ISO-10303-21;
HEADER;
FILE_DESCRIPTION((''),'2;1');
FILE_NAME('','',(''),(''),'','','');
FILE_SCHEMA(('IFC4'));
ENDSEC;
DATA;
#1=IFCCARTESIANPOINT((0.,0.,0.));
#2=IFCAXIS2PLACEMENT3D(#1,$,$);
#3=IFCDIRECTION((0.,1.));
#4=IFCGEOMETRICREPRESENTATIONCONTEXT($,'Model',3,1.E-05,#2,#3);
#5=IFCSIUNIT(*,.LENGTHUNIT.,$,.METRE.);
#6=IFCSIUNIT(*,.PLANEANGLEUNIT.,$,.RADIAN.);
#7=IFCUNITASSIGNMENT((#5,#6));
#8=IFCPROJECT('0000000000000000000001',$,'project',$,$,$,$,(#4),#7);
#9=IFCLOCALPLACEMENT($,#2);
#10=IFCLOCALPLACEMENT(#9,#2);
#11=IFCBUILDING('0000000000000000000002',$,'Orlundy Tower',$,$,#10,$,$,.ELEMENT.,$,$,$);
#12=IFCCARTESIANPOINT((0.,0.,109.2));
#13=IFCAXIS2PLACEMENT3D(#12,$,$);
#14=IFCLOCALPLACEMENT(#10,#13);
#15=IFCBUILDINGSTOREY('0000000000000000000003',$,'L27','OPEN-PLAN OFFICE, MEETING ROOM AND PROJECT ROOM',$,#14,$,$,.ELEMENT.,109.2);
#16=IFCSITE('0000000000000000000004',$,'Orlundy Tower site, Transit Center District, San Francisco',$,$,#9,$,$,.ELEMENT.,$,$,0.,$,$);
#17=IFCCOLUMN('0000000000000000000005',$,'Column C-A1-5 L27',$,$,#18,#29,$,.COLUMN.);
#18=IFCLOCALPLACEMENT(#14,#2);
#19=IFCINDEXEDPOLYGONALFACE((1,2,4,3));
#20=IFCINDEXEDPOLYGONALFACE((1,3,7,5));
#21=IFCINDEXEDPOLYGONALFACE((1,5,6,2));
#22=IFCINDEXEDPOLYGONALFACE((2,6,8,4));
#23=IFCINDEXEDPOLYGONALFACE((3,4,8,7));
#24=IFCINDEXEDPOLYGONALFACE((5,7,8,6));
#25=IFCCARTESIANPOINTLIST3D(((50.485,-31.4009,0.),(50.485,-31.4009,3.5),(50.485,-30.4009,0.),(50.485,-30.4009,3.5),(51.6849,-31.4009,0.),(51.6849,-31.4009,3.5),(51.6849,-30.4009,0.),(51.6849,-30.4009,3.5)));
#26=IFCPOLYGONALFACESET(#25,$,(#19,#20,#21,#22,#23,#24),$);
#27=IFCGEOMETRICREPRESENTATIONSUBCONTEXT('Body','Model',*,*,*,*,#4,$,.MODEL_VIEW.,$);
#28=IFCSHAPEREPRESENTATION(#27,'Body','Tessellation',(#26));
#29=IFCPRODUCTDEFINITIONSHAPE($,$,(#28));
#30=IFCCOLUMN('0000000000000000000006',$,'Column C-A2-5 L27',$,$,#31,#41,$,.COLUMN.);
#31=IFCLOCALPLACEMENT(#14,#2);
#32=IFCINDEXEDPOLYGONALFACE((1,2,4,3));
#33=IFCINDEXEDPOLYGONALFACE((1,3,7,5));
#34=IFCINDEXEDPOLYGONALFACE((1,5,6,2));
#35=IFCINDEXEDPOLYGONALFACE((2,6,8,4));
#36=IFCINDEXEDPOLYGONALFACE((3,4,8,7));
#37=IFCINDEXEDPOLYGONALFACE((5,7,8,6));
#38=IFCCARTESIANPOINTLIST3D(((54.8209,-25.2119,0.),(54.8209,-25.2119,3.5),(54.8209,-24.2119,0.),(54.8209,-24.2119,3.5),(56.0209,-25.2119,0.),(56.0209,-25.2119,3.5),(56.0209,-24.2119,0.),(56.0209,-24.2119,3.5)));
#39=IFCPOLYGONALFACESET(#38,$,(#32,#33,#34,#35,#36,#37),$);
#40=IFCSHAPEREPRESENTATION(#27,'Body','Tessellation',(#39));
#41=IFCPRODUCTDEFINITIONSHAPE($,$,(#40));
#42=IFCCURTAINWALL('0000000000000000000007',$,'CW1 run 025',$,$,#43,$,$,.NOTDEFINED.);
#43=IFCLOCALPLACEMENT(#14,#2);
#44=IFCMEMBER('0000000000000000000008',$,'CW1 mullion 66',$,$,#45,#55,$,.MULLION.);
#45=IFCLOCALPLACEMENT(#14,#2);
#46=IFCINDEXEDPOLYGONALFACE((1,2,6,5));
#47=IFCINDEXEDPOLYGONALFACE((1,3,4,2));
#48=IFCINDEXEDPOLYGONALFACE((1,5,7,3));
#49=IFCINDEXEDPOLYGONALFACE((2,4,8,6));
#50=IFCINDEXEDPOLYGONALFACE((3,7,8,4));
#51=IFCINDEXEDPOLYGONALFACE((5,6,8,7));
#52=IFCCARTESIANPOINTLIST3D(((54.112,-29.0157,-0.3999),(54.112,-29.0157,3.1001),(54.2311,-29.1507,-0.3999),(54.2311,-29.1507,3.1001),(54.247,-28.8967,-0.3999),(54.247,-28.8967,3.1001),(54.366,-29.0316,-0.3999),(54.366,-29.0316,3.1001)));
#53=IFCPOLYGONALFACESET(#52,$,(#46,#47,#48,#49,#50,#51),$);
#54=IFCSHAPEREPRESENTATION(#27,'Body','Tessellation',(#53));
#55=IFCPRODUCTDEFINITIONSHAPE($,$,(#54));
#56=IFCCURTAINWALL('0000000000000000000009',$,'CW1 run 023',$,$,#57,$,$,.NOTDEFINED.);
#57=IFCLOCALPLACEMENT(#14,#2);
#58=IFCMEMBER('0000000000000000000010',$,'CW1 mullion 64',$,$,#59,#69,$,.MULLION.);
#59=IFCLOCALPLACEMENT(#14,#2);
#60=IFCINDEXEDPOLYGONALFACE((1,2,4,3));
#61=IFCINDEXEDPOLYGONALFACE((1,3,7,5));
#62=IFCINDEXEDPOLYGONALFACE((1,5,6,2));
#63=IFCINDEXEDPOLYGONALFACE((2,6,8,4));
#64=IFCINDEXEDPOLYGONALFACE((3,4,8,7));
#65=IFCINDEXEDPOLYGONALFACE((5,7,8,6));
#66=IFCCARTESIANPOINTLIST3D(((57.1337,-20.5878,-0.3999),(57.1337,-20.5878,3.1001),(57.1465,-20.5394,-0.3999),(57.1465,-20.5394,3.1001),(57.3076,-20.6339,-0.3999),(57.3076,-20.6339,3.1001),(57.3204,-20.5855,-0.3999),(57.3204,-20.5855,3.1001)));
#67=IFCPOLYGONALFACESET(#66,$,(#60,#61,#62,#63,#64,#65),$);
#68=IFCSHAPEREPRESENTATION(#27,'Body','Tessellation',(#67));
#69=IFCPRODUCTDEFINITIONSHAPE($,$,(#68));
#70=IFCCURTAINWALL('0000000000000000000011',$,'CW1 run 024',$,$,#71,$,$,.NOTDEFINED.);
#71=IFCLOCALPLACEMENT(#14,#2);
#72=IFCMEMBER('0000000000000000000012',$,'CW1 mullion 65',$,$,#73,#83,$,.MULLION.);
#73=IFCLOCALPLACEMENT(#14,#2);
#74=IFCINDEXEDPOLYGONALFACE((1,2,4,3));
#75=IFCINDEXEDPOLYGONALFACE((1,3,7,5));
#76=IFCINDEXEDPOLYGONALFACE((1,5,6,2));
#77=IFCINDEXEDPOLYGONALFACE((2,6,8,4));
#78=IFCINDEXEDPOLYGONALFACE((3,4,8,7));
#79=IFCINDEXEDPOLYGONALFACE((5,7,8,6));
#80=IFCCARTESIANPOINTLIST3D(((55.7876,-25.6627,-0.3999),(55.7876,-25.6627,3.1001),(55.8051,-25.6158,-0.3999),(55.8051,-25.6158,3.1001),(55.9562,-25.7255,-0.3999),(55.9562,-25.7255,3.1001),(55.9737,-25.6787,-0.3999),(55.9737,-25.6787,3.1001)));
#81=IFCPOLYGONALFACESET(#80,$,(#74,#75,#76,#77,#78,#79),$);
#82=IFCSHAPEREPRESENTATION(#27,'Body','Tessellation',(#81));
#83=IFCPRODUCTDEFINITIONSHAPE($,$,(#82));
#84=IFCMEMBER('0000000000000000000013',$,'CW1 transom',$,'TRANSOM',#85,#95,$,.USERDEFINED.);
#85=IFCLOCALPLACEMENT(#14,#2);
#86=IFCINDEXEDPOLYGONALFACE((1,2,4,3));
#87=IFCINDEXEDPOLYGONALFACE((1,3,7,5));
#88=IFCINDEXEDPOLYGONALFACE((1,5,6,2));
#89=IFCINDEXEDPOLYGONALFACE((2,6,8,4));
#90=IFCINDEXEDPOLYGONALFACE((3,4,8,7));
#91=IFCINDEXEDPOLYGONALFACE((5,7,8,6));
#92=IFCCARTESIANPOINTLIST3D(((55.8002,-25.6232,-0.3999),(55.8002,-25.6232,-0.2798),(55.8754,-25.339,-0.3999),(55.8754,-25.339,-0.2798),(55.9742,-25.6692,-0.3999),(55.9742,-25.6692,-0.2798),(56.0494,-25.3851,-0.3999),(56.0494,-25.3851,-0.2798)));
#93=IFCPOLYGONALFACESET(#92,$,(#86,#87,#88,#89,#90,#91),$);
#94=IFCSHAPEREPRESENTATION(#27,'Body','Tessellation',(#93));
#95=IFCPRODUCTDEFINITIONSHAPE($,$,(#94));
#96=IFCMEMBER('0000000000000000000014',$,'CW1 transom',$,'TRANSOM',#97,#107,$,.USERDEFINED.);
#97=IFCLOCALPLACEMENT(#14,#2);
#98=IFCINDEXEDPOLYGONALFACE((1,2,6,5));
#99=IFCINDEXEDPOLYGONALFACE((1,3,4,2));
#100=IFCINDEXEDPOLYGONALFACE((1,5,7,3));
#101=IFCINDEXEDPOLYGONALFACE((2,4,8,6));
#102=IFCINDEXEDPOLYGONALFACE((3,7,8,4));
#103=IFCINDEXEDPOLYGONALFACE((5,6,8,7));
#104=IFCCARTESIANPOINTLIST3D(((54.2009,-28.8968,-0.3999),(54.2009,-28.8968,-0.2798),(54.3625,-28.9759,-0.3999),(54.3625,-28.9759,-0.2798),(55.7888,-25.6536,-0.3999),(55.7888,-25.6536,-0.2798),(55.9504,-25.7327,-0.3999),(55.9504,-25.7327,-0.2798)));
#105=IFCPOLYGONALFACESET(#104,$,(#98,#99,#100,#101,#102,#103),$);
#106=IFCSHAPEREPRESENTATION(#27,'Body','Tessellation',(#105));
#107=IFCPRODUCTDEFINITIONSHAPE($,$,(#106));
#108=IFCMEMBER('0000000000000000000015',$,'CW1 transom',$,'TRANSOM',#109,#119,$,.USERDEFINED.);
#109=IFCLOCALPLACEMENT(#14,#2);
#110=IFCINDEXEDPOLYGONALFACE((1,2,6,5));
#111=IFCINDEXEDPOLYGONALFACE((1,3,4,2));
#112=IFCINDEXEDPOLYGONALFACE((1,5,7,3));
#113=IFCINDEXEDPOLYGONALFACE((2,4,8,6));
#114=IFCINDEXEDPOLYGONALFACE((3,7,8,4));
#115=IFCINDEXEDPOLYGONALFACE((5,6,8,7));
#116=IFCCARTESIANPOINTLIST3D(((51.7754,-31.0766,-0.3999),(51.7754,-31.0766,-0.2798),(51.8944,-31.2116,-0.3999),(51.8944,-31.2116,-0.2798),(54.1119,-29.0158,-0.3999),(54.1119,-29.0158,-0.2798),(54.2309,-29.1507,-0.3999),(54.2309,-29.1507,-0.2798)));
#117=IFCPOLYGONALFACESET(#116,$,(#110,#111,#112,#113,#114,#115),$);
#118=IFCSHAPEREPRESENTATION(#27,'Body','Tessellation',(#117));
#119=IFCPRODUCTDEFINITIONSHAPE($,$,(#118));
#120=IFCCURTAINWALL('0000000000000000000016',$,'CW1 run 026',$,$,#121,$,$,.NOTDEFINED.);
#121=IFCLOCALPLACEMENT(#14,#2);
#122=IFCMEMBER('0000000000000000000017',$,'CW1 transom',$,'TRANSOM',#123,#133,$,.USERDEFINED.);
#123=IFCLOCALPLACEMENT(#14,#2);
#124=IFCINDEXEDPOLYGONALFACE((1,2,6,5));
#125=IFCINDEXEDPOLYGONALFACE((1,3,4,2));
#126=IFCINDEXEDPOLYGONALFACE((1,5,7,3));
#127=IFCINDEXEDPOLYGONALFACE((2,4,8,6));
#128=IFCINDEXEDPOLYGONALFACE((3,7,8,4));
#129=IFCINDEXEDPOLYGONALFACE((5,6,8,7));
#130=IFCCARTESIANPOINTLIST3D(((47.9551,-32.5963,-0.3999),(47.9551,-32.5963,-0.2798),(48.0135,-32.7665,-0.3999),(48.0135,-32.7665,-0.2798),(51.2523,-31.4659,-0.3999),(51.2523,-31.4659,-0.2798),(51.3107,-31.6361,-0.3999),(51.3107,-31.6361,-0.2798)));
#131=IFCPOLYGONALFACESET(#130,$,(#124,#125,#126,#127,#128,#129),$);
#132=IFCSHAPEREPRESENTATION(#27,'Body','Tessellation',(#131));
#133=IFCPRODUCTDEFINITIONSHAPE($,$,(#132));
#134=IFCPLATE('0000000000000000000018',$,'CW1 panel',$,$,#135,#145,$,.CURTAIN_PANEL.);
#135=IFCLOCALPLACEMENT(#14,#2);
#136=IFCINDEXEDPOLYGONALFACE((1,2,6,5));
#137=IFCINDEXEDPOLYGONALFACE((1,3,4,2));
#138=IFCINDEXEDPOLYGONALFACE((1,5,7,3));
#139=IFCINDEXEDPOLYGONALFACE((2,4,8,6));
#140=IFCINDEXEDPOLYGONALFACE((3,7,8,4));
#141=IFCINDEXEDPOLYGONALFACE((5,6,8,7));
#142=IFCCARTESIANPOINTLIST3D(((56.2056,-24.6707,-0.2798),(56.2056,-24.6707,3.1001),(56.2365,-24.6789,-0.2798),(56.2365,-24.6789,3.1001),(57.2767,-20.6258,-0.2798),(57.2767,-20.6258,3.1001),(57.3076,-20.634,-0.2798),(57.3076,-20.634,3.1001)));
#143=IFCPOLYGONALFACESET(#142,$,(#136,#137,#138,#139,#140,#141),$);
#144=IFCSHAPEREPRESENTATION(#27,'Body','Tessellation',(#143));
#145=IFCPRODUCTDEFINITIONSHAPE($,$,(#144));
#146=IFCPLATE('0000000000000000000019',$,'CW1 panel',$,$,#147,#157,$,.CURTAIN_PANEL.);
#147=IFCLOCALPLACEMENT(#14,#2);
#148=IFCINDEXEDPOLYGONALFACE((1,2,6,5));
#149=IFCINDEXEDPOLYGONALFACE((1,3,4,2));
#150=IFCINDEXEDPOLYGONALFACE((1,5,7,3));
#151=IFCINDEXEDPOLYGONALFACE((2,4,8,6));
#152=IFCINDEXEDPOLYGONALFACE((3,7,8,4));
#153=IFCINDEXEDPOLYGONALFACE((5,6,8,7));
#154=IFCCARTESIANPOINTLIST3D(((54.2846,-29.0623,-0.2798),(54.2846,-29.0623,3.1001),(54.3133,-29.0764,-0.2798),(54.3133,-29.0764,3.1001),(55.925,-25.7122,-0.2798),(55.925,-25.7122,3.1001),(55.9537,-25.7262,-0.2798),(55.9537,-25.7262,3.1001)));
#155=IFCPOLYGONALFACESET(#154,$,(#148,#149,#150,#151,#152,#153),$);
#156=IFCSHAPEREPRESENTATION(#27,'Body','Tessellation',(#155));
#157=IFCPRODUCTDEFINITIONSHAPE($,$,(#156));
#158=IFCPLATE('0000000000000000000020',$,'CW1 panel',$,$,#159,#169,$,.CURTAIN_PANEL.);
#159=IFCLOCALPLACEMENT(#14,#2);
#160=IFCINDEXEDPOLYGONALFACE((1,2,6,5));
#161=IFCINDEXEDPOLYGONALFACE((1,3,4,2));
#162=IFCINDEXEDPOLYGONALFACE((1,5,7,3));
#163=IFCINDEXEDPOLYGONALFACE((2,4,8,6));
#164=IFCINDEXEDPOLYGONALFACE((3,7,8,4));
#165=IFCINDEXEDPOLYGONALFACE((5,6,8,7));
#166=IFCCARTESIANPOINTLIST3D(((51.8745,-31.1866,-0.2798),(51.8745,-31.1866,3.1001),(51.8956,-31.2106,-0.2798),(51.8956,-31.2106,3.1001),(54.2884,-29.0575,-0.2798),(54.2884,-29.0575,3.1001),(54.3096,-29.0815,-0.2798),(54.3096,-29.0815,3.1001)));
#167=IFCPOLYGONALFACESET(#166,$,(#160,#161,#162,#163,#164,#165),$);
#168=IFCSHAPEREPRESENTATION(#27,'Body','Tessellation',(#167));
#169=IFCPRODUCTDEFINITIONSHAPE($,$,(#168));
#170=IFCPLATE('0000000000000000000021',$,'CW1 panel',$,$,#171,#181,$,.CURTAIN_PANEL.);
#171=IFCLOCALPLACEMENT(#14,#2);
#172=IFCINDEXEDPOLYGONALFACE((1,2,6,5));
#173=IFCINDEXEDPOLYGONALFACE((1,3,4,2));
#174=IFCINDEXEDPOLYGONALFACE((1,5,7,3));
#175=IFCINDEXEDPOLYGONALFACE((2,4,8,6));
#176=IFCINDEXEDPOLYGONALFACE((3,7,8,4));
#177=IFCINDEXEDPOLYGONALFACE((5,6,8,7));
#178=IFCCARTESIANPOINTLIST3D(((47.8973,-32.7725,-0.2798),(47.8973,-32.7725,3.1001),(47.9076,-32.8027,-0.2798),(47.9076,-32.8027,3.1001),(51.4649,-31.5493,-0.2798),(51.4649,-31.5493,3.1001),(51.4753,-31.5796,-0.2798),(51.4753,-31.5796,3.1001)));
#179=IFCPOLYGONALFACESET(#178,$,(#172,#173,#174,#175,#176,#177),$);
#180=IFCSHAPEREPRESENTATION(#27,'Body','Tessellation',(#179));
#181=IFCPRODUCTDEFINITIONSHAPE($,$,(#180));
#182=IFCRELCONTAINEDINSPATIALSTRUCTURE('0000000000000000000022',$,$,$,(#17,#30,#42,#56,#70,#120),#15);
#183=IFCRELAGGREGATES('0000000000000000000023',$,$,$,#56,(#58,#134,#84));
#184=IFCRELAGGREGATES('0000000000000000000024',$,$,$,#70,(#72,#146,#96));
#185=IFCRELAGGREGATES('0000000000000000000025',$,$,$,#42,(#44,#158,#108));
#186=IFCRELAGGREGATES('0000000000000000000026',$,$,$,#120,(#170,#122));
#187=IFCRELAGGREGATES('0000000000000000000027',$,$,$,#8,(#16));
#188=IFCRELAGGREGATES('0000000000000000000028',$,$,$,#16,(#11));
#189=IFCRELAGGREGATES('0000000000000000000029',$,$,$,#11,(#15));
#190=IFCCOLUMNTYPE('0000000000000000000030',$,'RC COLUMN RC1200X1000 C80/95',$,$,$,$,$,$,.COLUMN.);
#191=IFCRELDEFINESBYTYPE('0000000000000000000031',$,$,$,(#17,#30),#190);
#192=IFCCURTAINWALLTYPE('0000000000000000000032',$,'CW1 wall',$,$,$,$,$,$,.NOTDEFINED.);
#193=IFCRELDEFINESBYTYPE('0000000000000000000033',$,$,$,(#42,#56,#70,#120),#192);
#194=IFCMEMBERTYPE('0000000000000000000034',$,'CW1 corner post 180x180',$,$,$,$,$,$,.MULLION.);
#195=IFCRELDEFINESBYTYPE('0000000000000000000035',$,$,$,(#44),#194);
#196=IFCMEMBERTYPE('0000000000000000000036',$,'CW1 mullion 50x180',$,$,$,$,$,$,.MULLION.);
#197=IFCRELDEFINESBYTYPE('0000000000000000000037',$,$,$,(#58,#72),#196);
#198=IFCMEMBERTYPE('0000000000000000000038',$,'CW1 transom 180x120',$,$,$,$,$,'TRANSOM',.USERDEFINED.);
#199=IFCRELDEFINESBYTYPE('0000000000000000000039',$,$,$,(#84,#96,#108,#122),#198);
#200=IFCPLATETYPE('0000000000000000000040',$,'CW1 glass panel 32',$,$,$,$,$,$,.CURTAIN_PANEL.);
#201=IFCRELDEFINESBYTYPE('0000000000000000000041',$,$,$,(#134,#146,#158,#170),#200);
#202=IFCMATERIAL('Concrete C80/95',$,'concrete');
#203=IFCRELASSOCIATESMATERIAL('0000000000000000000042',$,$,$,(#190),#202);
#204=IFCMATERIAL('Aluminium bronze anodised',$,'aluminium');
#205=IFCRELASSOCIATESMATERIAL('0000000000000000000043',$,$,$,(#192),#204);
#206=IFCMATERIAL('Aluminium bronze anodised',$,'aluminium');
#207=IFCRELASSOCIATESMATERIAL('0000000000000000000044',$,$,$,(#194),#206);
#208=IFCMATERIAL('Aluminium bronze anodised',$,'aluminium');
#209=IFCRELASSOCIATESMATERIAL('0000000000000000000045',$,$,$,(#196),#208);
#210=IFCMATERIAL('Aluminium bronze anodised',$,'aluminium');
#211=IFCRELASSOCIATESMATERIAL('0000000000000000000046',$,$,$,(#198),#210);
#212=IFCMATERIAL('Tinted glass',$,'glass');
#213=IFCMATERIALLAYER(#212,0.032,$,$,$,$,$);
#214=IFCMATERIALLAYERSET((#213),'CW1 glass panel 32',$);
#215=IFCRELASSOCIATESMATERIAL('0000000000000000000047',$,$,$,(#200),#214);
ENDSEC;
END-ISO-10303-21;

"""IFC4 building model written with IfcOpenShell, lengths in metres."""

from ifc_helpers import new_model, si_unit, direction, frame, origin, origin_2d, place, context, subcontext, project, spatial, rectangle, extrude, material, layer, layer_set, material_profile, profile_set, type_object, element, aggregate, save


model = new_model("IFC4")

# Units and contexts
model_context = context("Model", 3, precision=1e-05, world=origin(), true_north=direction((0.0, 1.0)))
body_context = subcontext(model_context, "Body", "Model", "MODEL_VIEW")
ifc_project = project(units=[si_unit("LENGTHUNIT", "METRE"), si_unit("PLANEANGLEUNIT", "RADIAN")], contexts=[model_context])

# Site, building, storey
site_placement = place(None, origin())
site = spatial("IfcSite", under=ifc_project, at=site_placement, Name="Orlundy Tower site, Transit Center District, San Francisco", CompositionType="ELEMENT", RefElevation=0.0)
building_placement = place(site_placement, origin())
building = spatial("IfcBuilding", under=site, at=building_placement, Name="Orlundy Tower", CompositionType="ELEMENT")
storey_placement = place(building_placement, frame((0.0, 0.0, 109.2)))
storey = spatial("IfcBuildingStorey", under=building, at=storey_placement, Name="L27", Description="OPEN-PLAN OFFICE, MEETING ROOM AND PROJECT ROOM", CompositionType="ELEMENT", Elevation=109.2)

# Columns
ifc_material_1 = material(Name="Concrete C80/95", Category="concrete")
ifc_material_profile_1 = material_profile(ifc_material_1, rectangle(XDim=1.2, YDim=1.0, at=origin_2d()), Name="RC1200X1000")
ifc_profile_set_1 = profile_set([ifc_material_profile_1], Name="Concrete C80/95")
column_type = type_object("IfcColumnType", Name="RC COLUMN RC1200X1000 C80/95", PredefinedType="COLUMN", material=ifc_profile_set_1)
for number, where, z_axis, x_axis, name in (
    (1, (51.085, -30.9009, 0.0), (0.0, 0.0, 1.0), (1.0, 0.0, 0.0), "Column C-A1-5 L27"),
    (2, (55.4209, -24.7119, 0.0), (0.0, 0.0, 1.0), (1.0, 0.0, 0.0), "Column C-A2-5 L27"),
):
    element("IfcColumn", number, at=place(storey_placement, frame(where, z_axis=z_axis, x_axis=x_axis)), inside=storey, type_object=column_type, Name=name, PredefinedType="COLUMN", context=body_context, shape_type="SweptSolid", body=[
        extrude(rectangle(XDim=1.2, YDim=1.0, at=origin_2d()), origin(), (0.0, 0.0, 1.0), 3.5),
    ])

# Curtain walls, members
ifc_material_2 = material(Name="Aluminium bronze anodised", Category="aluminium")
curtain_wall_type = type_object("IfcCurtainWallType", Name="CW1 wall", PredefinedType="NOTDEFINED", material=ifc_material_2)
curtain_wall_1_placement = place(storey_placement, origin())
curtain_wall_1 = element("IfcCurtainWall", 3, at=curtain_wall_1_placement, inside=storey, type_object=curtain_wall_type, Name="CW1 run 025", PredefinedType="NOTDEFINED")
ifc_material_3 = material(Name="Aluminium bronze anodised", Category="aluminium")
ifc_material_profile_2 = material_profile(ifc_material_3, rectangle(XDim=0.1799, YDim=0.1799, at=origin_2d()), Name="CW1 corner post 180x180")
ifc_profile_set_2 = profile_set([ifc_material_profile_2], Name="Aluminium bronze anodised")
member_type_1 = type_object("IfcMemberType", Name="CW1 corner post 180x180", PredefinedType="MULLION", material=ifc_profile_set_2)
member_1_placement = place(storey_placement, frame((54.239, -29.0237, -0.3999), z_axis=(0.0, 0.0, 1.0), x_axis=(0.661479, -0.749964, 0.0)))
member_1 = element("IfcMember", 4, at=member_1_placement, type_object=member_type_1, Name="CW1 mullion 66", PredefinedType="MULLION", context=body_context, shape_type="SweptSolid", body=[
    extrude(rectangle(XDim=0.1799, YDim=0.1799, at=origin_2d()), origin(), (0.0, 0.0, 1.0), 3.5),
])
curtain_wall_2_placement = place(storey_placement, origin())
curtain_wall_2 = element("IfcCurtainWall", 5, at=curtain_wall_2_placement, inside=storey, type_object=curtain_wall_type, Name="CW1 run 023", PredefinedType="NOTDEFINED")
ifc_material_4 = material(Name="Aluminium bronze anodised", Category="aluminium")
ifc_material_profile_3 = material_profile(ifc_material_4, rectangle(XDim=0.1799, YDim=0.05, at=origin_2d()), Name="CW1 mullion 50x180")
ifc_profile_set_3 = profile_set([ifc_material_profile_3], Name="Aluminium bronze anodised")
member_type_2 = type_object("IfcMemberType", Name="CW1 mullion 50x180", PredefinedType="MULLION", material=ifc_profile_set_3)
member_2_placement = place(storey_placement, frame((57.2271, -20.5867, -0.3999), z_axis=(0.0, 0.0, 1.0), x_axis=(0.966679, -0.255991, 0.0)))
member_2 = element("IfcMember", 6, at=member_2_placement, type_object=member_type_2, Name="CW1 mullion 64", PredefinedType="MULLION", context=body_context, shape_type="SweptSolid", body=[
    extrude(rectangle(XDim=0.1799, YDim=0.05, at=origin_2d()), origin(), (0.0, 0.0, 1.0), 3.5),
])
curtain_wall_3_placement = place(storey_placement, origin())
curtain_wall_3 = element("IfcCurtainWall", 7, at=curtain_wall_3_placement, inside=storey, type_object=curtain_wall_type, Name="CW1 run 024", PredefinedType="NOTDEFINED")
member_3_placement = place(storey_placement, frame((55.8806, -25.6707, -0.3999), z_axis=(0.0, 0.0, 1.0), x_axis=(0.936915, -0.349556, 0.0)))
member_3 = element("IfcMember", 8, at=member_3_placement, type_object=member_type_2, Name="CW1 mullion 65", PredefinedType="MULLION", context=body_context, shape_type="SweptSolid", body=[
    extrude(rectangle(XDim=0.1799, YDim=0.05, at=origin_2d()), origin(), (0.0, 0.0, 1.0), 3.5),
])

# Members
ifc_material_5 = material(Name="Aluminium bronze anodised", Category="aluminium")
ifc_material_profile_4 = material_profile(ifc_material_5, rectangle(XDim=0.1799, YDim=0.1201, at=origin_2d()), Name="CW1 transom 180x120")
ifc_profile_set_4 = profile_set([ifc_material_profile_4], Name="Aluminium bronze anodised")
member_type_3 = type_object("IfcMemberType", Name="CW1 transom 180x120", ElementType="TRANSOM", PredefinedType="USERDEFINED", material=ifc_profile_set_4)
member_4_placement = place(storey_placement, frame((55.9624, -25.3621, -0.3398), z_axis=(-0.255801, -0.966729, 0.0), x_axis=(0.966729, -0.255801, 0.0)))
member_4 = element("IfcMember", 9, at=member_4_placement, type_object=member_type_3, Name="CW1 transom", ObjectType="TRANSOM", PredefinedType="USERDEFINED", context=body_context, shape_type="SweptSolid", body=[
    extrude(rectangle(XDim=0.1799, YDim=0.1201, at=origin_2d()), origin(), (0.0, 0.0, 1.0), 0.2939),
])
member_5_placement = place(storey_placement, frame((55.8696, -25.6931, -0.3398), z_axis=(-0.439734, -0.898128, 0.0), x_axis=(0.898128, -0.439734, 0.0)))
member_5 = element("IfcMember", 10, at=member_5_placement, type_object=member_type_3, Name="CW1 transom", ObjectType="TRANSOM", PredefinedType="USERDEFINED", context=body_context, shape_type="SweptSolid", body=[
    extrude(rectangle(XDim=0.1799, YDim=0.1201, at=origin_2d()), origin(), (0.0, 0.0, 1.0), 3.6111),
])
member_6_placement = place(storey_placement, frame((54.1714, -29.0833, -0.3398), z_axis=(-0.749959, -0.661484, 0.0), x_axis=(0.661484, -0.749959, 0.0)))
member_6 = element("IfcMember", 11, at=member_6_placement, type_object=member_type_3, Name="CW1 transom", ObjectType="TRANSOM", PredefinedType="USERDEFINED", context=body_context, shape_type="SweptSolid", body=[
    extrude(rectangle(XDim=0.1799, YDim=0.1201, at=origin_2d()), origin(), (0.0, 0.0, 1.0), 3.1155),
])

# Curtain wall, member
curtain_wall_4_placement = place(storey_placement, origin())
curtain_wall_4 = element("IfcCurtainWall", 12, at=curtain_wall_4_placement, inside=storey, type_object=curtain_wall_type, Name="CW1 run 026", PredefinedType="NOTDEFINED")
member_7_placement = place(storey_placement, frame((51.2815, -31.551, -0.3398), z_axis=(-0.945952, -0.324306, 0.0), x_axis=(0.324306, -0.945952, 0.0)))
member_7 = element("IfcMember", 13, at=member_7_placement, type_object=member_type_3, Name="CW1 transom", ObjectType="TRANSOM", PredefinedType="USERDEFINED", context=body_context, shape_type="SweptSolid", body=[
    extrude(rectangle(XDim=0.1799, YDim=0.1201, at=origin_2d()), origin(), (0.0, 0.0, 1.0), 3.4856),
])

# Plates
ifc_material_6 = material(Name="Tinted glass", Category="glass")
ifc_layer = layer(ifc_material_6, 0.032)
ifc_layer_set = layer_set([ifc_layer], Name="CW1 glass panel 32")
plate_type = type_object("IfcPlateType", Name="CW1 glass panel 32", PredefinedType="CURTAIN_PANEL", material=ifc_layer_set)
plate_1_placement = place(storey_placement, frame((56.7566, -22.6523, -0.2798), z_axis=(0.0, 0.0, 1.0), x_axis=(-0.255991, -0.966679, 0.0)))
plate_1 = element("IfcPlate", 14, at=plate_1_placement, type_object=plate_type, Name="CW1 panel", PredefinedType="CURTAIN_PANEL", context=body_context, shape_type="SweptSolid", body=[
    extrude(rectangle(XDim=4.1843, YDim=0.032, at=origin_2d()), origin(), (0.0, 0.0, 1.0), 3.3799),
])
aggregate(curtain_wall_2, [member_2, plate_1, member_4])
plate_2_placement = place(storey_placement, frame((55.1191, -27.3943, -0.2798), z_axis=(0.0, 0.0, 1.0), x_axis=(-0.439752, -0.898119, 0.0)))
plate_2 = element("IfcPlate", 15, at=plate_2_placement, type_object=plate_type, Name="CW1 panel", PredefinedType="CURTAIN_PANEL", context=body_context, shape_type="SweptSolid", body=[
    extrude(rectangle(XDim=3.7302, YDim=0.032, at=origin_2d()), origin(), (0.0, 0.0, 1.0), 3.3799),
])
aggregate(curtain_wall_3, [member_3, plate_2, member_5])
plate_3_placement = place(storey_placement, frame((53.092, -30.134, -0.2798), z_axis=(0.0, 0.0, 1.0), x_axis=(-0.749964, -0.661479, 0.0)))
plate_3 = element("IfcPlate", 16, at=plate_3_placement, type_object=plate_type, Name="CW1 panel", PredefinedType="CURTAIN_PANEL", context=body_context, shape_type="SweptSolid", body=[
    extrude(rectangle(XDim=3.2188, YDim=0.032, at=origin_2d()), origin(), (0.0, 0.0, 1.0), 3.3799),
])
aggregate(curtain_wall_1, [member_1, plate_3, member_6])
plate_4_placement = place(storey_placement, frame((49.6863, -32.176, -0.2798), z_axis=(0.0, 0.0, 1.0), x_axis=(-0.945951, -0.324311, 0.0)))
plate_4 = element("IfcPlate", 17, at=plate_4_placement, type_object=plate_type, Name="CW1 panel", PredefinedType="CURTAIN_PANEL", context=body_context, shape_type="SweptSolid", body=[
    extrude(rectangle(XDim=3.7715, YDim=0.032, at=origin_2d()), origin(), (0.0, 0.0, 1.0), 3.3799),
])
aggregate(curtain_wall_4, [plate_4, member_7])

save(model, "model.ifc")
